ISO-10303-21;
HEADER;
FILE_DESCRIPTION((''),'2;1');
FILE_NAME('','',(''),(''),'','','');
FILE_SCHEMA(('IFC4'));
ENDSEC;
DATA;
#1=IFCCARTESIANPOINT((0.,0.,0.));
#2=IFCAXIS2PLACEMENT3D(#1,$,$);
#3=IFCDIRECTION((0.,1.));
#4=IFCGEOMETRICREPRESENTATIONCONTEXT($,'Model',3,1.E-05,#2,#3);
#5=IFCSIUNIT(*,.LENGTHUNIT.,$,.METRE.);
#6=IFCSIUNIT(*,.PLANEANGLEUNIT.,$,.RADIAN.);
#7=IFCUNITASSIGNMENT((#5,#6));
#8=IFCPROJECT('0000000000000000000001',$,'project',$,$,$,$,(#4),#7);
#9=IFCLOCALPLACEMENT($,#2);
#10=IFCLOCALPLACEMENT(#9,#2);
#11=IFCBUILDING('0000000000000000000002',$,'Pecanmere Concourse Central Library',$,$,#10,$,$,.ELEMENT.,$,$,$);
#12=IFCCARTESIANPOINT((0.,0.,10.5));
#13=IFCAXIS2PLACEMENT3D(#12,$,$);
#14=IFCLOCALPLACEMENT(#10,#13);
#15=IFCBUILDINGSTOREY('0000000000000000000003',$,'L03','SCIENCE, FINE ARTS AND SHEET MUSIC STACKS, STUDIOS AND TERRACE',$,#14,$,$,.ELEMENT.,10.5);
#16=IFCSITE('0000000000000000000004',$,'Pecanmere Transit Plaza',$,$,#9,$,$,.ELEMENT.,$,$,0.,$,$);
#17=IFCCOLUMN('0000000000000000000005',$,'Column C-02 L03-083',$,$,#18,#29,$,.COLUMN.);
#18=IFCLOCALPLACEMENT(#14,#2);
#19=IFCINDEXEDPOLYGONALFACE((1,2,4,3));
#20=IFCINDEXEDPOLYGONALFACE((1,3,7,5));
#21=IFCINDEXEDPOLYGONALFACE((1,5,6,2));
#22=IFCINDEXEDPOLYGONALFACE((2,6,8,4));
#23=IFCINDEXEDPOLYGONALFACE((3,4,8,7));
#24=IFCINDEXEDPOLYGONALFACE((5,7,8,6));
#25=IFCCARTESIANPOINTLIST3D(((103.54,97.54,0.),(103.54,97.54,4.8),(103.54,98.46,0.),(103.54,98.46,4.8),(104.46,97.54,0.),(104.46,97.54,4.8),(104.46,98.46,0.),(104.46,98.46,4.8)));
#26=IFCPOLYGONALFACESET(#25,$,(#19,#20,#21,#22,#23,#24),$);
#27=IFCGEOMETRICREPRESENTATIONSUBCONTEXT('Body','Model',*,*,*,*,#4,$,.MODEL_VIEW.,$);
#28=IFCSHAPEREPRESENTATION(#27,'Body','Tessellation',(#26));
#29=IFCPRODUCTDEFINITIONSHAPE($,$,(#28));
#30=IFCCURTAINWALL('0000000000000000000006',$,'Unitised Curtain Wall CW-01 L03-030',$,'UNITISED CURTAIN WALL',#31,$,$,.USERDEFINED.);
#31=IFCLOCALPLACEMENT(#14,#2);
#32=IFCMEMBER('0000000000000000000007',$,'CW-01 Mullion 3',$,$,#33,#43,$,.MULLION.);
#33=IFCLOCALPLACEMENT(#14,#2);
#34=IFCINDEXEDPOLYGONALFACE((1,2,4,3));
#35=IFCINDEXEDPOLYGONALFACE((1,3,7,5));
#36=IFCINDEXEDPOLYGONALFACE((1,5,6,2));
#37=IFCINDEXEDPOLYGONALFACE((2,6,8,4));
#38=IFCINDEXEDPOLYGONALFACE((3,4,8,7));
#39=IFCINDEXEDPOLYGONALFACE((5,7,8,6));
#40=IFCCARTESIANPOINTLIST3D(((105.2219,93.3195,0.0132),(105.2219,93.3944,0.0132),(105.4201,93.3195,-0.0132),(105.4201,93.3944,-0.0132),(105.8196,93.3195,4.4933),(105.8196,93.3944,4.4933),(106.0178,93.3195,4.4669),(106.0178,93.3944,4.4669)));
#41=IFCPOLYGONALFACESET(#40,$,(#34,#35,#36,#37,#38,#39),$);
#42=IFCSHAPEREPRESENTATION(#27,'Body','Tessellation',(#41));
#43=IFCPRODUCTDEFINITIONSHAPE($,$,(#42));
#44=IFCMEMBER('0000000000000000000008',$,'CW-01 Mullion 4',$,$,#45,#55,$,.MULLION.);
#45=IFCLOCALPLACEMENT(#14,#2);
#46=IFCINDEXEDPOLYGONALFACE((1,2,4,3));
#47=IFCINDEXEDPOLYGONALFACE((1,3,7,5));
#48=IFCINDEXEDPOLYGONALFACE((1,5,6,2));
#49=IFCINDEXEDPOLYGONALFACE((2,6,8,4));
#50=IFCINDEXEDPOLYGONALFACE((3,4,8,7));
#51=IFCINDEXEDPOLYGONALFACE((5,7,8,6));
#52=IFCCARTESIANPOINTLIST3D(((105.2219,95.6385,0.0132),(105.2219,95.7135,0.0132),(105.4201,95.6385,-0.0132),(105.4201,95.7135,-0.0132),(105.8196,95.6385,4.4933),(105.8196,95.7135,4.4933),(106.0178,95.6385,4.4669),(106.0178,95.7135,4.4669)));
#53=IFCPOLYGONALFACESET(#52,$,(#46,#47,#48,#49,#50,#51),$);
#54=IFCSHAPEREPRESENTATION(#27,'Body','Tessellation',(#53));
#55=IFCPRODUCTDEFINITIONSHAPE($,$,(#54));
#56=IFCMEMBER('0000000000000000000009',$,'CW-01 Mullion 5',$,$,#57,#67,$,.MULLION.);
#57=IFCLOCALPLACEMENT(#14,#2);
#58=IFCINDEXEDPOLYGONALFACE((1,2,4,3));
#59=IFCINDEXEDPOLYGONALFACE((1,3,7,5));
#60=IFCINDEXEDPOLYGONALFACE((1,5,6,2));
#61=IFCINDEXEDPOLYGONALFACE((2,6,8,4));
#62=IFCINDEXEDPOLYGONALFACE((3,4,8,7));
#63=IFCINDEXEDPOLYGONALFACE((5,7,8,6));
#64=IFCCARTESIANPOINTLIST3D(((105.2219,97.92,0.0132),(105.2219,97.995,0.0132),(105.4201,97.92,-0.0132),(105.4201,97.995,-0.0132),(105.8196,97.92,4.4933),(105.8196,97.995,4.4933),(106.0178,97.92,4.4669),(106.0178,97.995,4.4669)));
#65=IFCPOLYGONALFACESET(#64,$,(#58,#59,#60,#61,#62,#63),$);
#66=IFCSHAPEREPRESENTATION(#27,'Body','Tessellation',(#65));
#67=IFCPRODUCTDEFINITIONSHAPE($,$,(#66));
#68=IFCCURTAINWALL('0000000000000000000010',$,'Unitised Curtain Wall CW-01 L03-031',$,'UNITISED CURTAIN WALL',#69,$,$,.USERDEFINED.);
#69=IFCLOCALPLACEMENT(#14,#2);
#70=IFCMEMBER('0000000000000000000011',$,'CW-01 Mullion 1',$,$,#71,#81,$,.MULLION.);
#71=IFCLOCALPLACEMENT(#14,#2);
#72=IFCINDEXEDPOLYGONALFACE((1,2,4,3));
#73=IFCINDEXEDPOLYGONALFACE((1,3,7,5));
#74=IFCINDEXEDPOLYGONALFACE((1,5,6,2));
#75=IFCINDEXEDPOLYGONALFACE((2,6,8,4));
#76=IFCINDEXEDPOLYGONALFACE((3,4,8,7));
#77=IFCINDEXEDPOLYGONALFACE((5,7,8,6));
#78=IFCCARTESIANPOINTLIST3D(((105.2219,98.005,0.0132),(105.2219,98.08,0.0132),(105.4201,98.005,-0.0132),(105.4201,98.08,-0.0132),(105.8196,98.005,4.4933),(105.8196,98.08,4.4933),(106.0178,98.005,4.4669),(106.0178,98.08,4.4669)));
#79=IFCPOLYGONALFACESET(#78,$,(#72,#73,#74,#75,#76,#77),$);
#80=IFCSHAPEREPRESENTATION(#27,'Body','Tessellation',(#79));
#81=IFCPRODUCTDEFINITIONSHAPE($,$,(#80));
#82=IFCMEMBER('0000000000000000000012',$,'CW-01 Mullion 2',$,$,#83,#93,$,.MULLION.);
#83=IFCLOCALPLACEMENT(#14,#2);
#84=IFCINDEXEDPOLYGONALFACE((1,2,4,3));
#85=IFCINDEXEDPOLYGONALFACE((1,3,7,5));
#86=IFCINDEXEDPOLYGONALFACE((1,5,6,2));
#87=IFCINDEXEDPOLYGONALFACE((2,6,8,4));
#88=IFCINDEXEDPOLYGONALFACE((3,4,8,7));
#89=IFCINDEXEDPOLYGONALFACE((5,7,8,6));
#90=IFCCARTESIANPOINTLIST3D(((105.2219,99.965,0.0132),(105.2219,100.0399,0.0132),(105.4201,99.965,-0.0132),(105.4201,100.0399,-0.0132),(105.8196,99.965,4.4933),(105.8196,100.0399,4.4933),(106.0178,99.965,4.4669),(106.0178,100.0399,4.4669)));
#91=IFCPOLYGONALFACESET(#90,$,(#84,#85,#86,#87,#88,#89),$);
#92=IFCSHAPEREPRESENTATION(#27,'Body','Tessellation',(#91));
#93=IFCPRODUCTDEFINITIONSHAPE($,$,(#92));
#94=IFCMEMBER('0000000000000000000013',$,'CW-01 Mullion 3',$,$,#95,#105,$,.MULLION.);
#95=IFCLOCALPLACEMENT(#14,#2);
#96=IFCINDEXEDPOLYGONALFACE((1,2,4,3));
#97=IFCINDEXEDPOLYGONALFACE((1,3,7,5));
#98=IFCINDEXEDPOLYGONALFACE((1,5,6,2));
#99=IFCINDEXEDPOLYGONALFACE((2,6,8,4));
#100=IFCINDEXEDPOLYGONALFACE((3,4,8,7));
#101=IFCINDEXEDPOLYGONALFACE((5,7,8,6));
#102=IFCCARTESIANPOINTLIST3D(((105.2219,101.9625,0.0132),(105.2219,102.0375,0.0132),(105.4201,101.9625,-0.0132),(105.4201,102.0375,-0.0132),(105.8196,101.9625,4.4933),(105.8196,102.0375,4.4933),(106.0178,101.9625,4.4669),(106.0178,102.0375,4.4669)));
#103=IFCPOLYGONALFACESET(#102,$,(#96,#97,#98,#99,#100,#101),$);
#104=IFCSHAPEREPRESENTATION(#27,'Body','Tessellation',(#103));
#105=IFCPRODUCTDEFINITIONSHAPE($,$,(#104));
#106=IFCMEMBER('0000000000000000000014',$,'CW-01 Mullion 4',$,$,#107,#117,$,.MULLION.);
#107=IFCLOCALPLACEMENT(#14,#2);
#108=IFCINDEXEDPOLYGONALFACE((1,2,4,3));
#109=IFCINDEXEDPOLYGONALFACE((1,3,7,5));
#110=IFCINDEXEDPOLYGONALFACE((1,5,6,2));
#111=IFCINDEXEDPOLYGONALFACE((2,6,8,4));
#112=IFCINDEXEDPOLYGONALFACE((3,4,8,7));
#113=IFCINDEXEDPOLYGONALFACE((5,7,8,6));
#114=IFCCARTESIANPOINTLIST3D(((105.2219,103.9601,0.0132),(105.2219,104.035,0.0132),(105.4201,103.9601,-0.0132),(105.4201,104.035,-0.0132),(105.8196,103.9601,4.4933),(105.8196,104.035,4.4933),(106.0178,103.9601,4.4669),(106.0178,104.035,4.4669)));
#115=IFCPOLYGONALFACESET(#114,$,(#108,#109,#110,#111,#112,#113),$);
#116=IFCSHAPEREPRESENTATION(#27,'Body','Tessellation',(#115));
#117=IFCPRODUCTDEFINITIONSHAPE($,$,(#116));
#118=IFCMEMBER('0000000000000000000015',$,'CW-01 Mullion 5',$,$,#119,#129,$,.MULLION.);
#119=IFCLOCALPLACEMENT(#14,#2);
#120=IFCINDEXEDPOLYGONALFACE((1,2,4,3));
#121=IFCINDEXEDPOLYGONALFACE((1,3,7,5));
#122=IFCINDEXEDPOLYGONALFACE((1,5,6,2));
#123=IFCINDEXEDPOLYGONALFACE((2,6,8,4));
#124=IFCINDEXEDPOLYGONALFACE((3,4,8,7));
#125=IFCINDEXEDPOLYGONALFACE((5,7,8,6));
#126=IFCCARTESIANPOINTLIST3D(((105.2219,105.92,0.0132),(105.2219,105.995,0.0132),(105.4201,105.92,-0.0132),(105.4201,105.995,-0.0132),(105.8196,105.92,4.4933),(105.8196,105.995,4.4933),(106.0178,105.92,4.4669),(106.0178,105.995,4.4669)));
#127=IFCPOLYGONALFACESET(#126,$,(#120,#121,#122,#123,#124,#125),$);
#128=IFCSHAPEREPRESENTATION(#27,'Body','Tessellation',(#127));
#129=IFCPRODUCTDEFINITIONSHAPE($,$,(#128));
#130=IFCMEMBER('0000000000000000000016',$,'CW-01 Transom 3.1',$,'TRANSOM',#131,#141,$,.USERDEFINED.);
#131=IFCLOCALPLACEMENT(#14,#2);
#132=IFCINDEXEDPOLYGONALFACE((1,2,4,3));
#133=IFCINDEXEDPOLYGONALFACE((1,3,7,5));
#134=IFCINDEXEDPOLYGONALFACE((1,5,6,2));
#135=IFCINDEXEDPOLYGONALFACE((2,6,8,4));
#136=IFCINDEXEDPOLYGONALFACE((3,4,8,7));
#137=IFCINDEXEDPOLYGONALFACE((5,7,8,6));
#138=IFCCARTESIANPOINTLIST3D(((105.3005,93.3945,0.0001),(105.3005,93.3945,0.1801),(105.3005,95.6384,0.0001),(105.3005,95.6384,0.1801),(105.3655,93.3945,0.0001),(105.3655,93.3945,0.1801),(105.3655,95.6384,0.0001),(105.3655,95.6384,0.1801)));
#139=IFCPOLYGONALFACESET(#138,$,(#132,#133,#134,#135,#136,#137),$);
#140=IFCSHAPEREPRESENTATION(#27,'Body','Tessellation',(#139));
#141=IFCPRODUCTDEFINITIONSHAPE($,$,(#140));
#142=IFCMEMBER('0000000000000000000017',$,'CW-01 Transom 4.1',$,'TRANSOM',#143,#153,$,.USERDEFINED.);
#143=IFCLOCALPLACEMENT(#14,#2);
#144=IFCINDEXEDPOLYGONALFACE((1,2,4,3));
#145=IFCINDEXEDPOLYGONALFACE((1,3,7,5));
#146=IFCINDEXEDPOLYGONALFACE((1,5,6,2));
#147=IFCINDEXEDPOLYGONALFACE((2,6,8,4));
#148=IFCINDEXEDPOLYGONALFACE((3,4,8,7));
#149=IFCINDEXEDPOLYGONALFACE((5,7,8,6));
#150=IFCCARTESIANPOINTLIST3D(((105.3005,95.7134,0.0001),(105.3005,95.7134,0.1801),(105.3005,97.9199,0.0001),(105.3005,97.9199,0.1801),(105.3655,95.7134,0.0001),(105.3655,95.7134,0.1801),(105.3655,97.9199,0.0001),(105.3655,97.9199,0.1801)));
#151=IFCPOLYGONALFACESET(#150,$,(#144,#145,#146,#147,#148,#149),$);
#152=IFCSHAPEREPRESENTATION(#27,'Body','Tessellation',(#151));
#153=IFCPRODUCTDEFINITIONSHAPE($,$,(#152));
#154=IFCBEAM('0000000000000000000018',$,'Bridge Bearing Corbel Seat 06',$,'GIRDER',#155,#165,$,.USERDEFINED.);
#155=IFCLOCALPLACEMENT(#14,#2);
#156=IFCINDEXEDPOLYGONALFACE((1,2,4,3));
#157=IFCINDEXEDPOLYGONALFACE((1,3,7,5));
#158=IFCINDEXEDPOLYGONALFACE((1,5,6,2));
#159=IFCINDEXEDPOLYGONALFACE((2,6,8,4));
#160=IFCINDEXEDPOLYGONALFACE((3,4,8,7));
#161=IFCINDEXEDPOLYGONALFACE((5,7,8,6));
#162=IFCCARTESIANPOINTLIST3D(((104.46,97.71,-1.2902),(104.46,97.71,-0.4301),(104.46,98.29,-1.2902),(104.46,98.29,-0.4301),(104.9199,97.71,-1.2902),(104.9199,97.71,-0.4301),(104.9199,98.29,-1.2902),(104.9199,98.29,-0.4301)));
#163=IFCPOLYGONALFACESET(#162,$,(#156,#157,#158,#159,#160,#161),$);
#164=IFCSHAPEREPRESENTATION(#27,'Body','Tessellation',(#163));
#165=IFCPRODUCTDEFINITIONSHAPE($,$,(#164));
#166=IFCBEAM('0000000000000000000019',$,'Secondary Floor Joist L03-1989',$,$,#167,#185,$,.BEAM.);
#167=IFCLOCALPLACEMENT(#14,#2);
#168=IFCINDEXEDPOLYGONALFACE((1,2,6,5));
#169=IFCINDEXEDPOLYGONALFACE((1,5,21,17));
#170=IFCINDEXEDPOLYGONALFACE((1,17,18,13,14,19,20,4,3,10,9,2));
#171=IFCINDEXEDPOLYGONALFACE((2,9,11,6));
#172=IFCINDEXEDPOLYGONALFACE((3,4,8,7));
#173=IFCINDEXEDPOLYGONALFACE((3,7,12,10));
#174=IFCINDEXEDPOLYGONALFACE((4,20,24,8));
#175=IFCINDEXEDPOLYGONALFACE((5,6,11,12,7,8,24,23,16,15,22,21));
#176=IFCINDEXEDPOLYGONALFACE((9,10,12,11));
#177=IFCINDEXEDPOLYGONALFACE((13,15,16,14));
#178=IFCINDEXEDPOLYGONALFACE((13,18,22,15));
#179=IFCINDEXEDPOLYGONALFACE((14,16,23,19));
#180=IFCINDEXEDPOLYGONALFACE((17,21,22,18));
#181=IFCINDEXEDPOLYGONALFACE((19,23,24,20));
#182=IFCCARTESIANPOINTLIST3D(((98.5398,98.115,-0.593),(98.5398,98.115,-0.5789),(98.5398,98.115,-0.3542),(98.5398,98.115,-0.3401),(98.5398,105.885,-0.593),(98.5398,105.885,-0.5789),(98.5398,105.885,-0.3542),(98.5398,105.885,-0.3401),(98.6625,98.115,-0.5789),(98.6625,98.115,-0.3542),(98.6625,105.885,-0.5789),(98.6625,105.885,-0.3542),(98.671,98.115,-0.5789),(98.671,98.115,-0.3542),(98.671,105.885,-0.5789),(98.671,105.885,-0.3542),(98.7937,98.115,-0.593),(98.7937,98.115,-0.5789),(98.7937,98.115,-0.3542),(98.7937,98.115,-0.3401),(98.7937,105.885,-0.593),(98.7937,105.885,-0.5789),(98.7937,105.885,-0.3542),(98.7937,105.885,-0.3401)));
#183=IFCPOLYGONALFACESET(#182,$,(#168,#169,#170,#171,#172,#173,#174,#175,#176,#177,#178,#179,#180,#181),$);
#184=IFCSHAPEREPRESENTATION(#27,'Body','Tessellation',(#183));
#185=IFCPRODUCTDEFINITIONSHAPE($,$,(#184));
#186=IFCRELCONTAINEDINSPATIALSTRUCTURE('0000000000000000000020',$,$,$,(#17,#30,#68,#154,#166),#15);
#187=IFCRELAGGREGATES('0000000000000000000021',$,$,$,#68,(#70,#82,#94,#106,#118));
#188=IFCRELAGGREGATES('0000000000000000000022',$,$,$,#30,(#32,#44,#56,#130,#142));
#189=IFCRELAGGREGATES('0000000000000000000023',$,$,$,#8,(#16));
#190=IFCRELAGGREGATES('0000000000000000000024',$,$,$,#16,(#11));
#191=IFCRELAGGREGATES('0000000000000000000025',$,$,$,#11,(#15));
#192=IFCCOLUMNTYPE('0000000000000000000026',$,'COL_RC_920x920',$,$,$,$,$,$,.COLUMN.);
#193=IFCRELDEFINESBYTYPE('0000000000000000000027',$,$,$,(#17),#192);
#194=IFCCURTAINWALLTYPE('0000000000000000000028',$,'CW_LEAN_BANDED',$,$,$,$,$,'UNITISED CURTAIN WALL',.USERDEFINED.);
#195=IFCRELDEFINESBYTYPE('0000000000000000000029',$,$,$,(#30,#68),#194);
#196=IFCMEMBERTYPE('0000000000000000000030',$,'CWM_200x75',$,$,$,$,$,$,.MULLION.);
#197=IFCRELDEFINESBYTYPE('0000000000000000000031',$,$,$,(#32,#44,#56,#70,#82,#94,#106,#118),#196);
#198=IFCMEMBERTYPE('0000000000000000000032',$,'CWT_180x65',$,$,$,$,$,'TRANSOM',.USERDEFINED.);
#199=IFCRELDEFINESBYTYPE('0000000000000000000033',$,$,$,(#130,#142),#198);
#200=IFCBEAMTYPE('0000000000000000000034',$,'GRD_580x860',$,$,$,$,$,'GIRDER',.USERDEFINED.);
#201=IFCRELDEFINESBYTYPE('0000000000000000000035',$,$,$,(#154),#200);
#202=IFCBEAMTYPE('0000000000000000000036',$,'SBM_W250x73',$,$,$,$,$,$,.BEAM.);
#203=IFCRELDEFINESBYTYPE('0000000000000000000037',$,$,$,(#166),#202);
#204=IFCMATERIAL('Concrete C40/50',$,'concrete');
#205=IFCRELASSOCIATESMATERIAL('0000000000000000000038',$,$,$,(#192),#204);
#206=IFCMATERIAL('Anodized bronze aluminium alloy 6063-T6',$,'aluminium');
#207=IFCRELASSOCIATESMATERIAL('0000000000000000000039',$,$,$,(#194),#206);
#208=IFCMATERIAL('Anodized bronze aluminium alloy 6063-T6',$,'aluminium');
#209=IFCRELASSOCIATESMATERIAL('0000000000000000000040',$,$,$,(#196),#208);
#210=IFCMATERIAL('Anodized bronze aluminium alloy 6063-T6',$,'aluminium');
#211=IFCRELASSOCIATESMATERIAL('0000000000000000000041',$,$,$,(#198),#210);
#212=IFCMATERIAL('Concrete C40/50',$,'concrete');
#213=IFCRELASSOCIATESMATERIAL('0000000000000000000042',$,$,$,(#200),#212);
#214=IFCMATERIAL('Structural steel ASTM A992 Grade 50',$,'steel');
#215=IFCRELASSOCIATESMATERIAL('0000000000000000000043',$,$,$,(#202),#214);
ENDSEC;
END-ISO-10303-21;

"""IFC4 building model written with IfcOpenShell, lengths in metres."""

from ifc_helpers import new_model, si_unit, direction, frame, origin, origin_2d, place, context, subcontext, project, spatial, rectangle, i_section, extrude, material, material_profile, profile_set, type_object, element, aggregate, save


model = new_model("IFC4")

# Units and contexts
model_context = context("Model", 3, precision=1e-05, world=origin(), true_north=direction((0.0, 1.0)))
body_context = subcontext(model_context, "Body", "Model", "MODEL_VIEW")
ifc_project = project(units=[si_unit("LENGTHUNIT", "METRE"), si_unit("PLANEANGLEUNIT", "RADIAN")], contexts=[model_context])

# Site, building, storey
site_placement = place(None, origin())
site = spatial("IfcSite", under=ifc_project, at=site_placement, Name="Pecanmere Transit Plaza", CompositionType="ELEMENT", RefElevation=0.0)
building_placement = place(site_placement, origin())
building = spatial("IfcBuilding", under=site, at=building_placement, Name="Pecanmere Concourse Central Library", CompositionType="ELEMENT")
storey_placement = place(building_placement, frame((0.0, 0.0, 10.5)))
storey = spatial("IfcBuildingStorey", under=building, at=storey_placement, Name="L03", Description="SCIENCE, FINE ARTS AND SHEET MUSIC STACKS, STUDIOS AND TERRACE", CompositionType="ELEMENT", Elevation=10.5)

# Column
ifc_material_1 = material(Name="Concrete C40/50", Category="concrete")
ifc_material_profile_1 = material_profile(ifc_material_1, rectangle(XDim=0.9199, YDim=0.9199, at=origin_2d()), Name="RC 920x920")
ifc_profile_set_1 = profile_set([ifc_material_profile_1], Name="Concrete C40/50")
column_type = type_object("IfcColumnType", Name="COL_RC_920x920", PredefinedType="COLUMN", material=ifc_profile_set_1)
column_placement = place(storey_placement, frame((104.0, 98.0, 0.0), z_axis=(0.0, 0.0, 1.0), x_axis=(1.0, 0.0, 0.0)))
element("IfcColumn", 1, at=column_placement, inside=storey, type_object=column_type, Name="Column C-02 L03-083", PredefinedType="COLUMN", context=body_context, shape_type="SweptSolid", body=[
    extrude(rectangle(XDim=0.9199, YDim=0.9199, at=origin_2d()), origin(), (0.0, 0.0, 1.0), 4.8),
])

# Curtain walls, members
ifc_material_2 = material(Name="Anodized bronze aluminium alloy 6063-T6", Category="aluminium")
curtain_wall_type = type_object("IfcCurtainWallType", Name="CW_LEAN_BANDED", ElementType="UNITISED CURTAIN WALL", PredefinedType="USERDEFINED", material=ifc_material_2)
curtain_wall_1_placement = place(storey_placement, origin())
curtain_wall_1 = element("IfcCurtainWall", 2, at=curtain_wall_1_placement, inside=storey, type_object=curtain_wall_type, Name="Unitised Curtain Wall CW-01 L03-030", ObjectType="UNITISED CURTAIN WALL", PredefinedType="USERDEFINED")
ifc_material_3 = material(Name="Anodized bronze aluminium alloy 6063-T6", Category="aluminium")
ifc_material_profile_2 = material_profile(ifc_material_3, rectangle(XDim=0.075, YDim=0.2, at=origin_2d()), Name="AL 75x200")
ifc_profile_set_2 = profile_set([ifc_material_profile_2], Name="Anodized bronze aluminium alloy 6063-T6")
member_type_1 = type_object("IfcMemberType", Name="CWM_200x75", PredefinedType="MULLION", material=ifc_profile_set_2)
member_1_placement = place(storey_placement, frame((105.321, 93.3569, 0.0), z_axis=(0.132234, 0.0, 0.991218), x_axis=(0.0, 1.0, 0.0)))
member_1 = element("IfcMember", 3, at=member_1_placement, type_object=member_type_1, Name="CW-01 Mullion 3", PredefinedType="MULLION", context=body_context, shape_type="SweptSolid", body=[
    extrude(rectangle(XDim=0.075, YDim=0.2, at=origin_2d()), origin(), (0.0, 0.0, 1.0), 4.5198),
])
member_2_placement = place(storey_placement, frame((105.321, 95.676, 0.0), z_axis=(0.132234, 0.0, 0.991218), x_axis=(0.0, 1.0, 0.0)))
member_2 = element("IfcMember", 4, at=member_2_placement, type_object=member_type_1, Name="CW-01 Mullion 4", PredefinedType="MULLION", context=body_context, shape_type="SweptSolid", body=[
    extrude(rectangle(XDim=0.075, YDim=0.2, at=origin_2d()), origin(), (0.0, 0.0, 1.0), 4.5198),
])
member_3_placement = place(storey_placement, frame((105.321, 97.9575, 0.0), z_axis=(0.132234, 0.0, 0.991218), x_axis=(0.0, 1.0, 0.0)))
member_3 = element("IfcMember", 5, at=member_3_placement, type_object=member_type_1, Name="CW-01 Mullion 5", PredefinedType="MULLION", context=body_context, shape_type="SweptSolid", body=[
    extrude(rectangle(XDim=0.075, YDim=0.2, at=origin_2d()), origin(), (0.0, 0.0, 1.0), 4.5198),
])
curtain_wall_2_placement = place(storey_placement, origin())
curtain_wall_2 = element("IfcCurtainWall", 6, at=curtain_wall_2_placement, inside=storey, type_object=curtain_wall_type, Name="Unitised Curtain Wall CW-01 L03-031", ObjectType="UNITISED CURTAIN WALL", PredefinedType="USERDEFINED")
member_4_placement = place(storey_placement, frame((105.321, 98.0425, 0.0), z_axis=(0.132234, 0.0, 0.991218), x_axis=(0.0, 1.0, 0.0)))
member_4 = element("IfcMember", 7, at=member_4_placement, type_object=member_type_1, Name="CW-01 Mullion 1", PredefinedType="MULLION", context=body_context, shape_type="SweptSolid", body=[
    extrude(rectangle(XDim=0.075, YDim=0.2, at=origin_2d()), origin(), (0.0, 0.0, 1.0), 4.5198),
])
member_5_placement = place(storey_placement, frame((105.321, 100.0024, 0.0), z_axis=(0.132234, 0.0, 0.991218), x_axis=(0.0, 1.0, 0.0)))
member_5 = element("IfcMember", 8, at=member_5_placement, type_object=member_type_1, Name="CW-01 Mullion 2", PredefinedType="MULLION", context=body_context, shape_type="SweptSolid", body=[
    extrude(rectangle(XDim=0.075, YDim=0.2, at=origin_2d()), origin(), (0.0, 0.0, 1.0), 4.5198),
])
member_6_placement = place(storey_placement, frame((105.321, 102.0, 0.0), z_axis=(0.132234, 0.0, 0.991218), x_axis=(0.0, 1.0, 0.0)))
member_6 = element("IfcMember", 9, at=member_6_placement, type_object=member_type_1, Name="CW-01 Mullion 3", PredefinedType="MULLION", context=body_context, shape_type="SweptSolid", body=[
    extrude(rectangle(XDim=0.075, YDim=0.2, at=origin_2d()), origin(), (0.0, 0.0, 1.0), 4.5198),
])
member_7_placement = place(storey_placement, frame((105.321, 103.9976, 0.0), z_axis=(0.132234, 0.0, 0.991218), x_axis=(0.0, 1.0, 0.0)))
member_7 = element("IfcMember", 10, at=member_7_placement, type_object=member_type_1, Name="CW-01 Mullion 4", PredefinedType="MULLION", context=body_context, shape_type="SweptSolid", body=[
    extrude(rectangle(XDim=0.075, YDim=0.2, at=origin_2d()), origin(), (0.0, 0.0, 1.0), 4.5198),
])
member_8_placement = place(storey_placement, frame((105.321, 105.9575, 0.0), z_axis=(0.132234, 0.0, 0.991218), x_axis=(0.0, 1.0, 0.0)))
member_8 = element("IfcMember", 11, at=member_8_placement, type_object=member_type_1, Name="CW-01 Mullion 5", PredefinedType="MULLION", context=body_context, shape_type="SweptSolid", body=[
    extrude(rectangle(XDim=0.075, YDim=0.2, at=origin_2d()), origin(), (0.0, 0.0, 1.0), 4.5198),
])
aggregate(curtain_wall_2, [member_4, member_5, member_6, member_7, member_8])

# Members
ifc_material_4 = material(Name="Anodized bronze aluminium alloy 6063-T6", Category="aluminium")
ifc_material_profile_3 = material_profile(ifc_material_4, rectangle(XDim=0.0649, YDim=0.1799, at=origin_2d()), Name="AL 65x180")
ifc_profile_set_3 = profile_set([ifc_material_profile_3], Name="Anodized bronze aluminium alloy 6063-T6")
member_type_2 = type_object("IfcMemberType", Name="CWT_180x65", ElementType="TRANSOM", PredefinedType="USERDEFINED", material=ifc_profile_set_3)
member_9_placement = place(storey_placement, frame((105.333, 93.3945, 0.0901), z_axis=(0.0, 1.0, 0.0), x_axis=(-1.0, 0.0, 0.0)))
member_9 = element("IfcMember", 12, at=member_9_placement, type_object=member_type_2, Name="CW-01 Transom 3.1", ObjectType="TRANSOM", PredefinedType="USERDEFINED", context=body_context, shape_type="SweptSolid", body=[
    extrude(rectangle(XDim=0.0649, YDim=0.1799, at=origin_2d()), origin(), (0.0, 0.0, 1.0), 2.2439),
])
member_10_placement = place(storey_placement, frame((105.333, 95.7134, 0.0901), z_axis=(0.0, 1.0, 0.0), x_axis=(-1.0, 0.0, 0.0)))
member_10 = element("IfcMember", 13, at=member_10_placement, type_object=member_type_2, Name="CW-01 Transom 4.1", ObjectType="TRANSOM", PredefinedType="USERDEFINED", context=body_context, shape_type="SweptSolid", body=[
    extrude(rectangle(XDim=0.0649, YDim=0.1799, at=origin_2d()), origin(), (0.0, 0.0, 1.0), 2.2065),
])
aggregate(curtain_wall_1, [member_1, member_2, member_3, member_9, member_10])

# Beams
ifc_material_5 = material(Name="Concrete C40/50", Category="concrete")
ifc_material_profile_4 = material_profile(ifc_material_5, rectangle(XDim=0.5801, YDim=0.8601, at=origin_2d()), Name="RC 580x860")
ifc_profile_set_4 = profile_set([ifc_material_profile_4], Name="Concrete C40/50")
beam_type_1 = type_object("IfcBeamType", Name="GRD_580x860", ElementType="GIRDER", PredefinedType="USERDEFINED", material=ifc_profile_set_4)
beam_1_placement = place(storey_placement, frame((104.46, 98.0, -0.8601), z_axis=(1.0, 0.0, 0.0), x_axis=(0.0, 1.0, 0.0)))
element("IfcBeam", 14, at=beam_1_placement, inside=storey, type_object=beam_type_1, Name="Bridge Bearing Corbel Seat 06", ObjectType="GIRDER", PredefinedType="USERDEFINED", context=body_context, shape_type="SweptSolid", body=[
    extrude(rectangle(XDim=0.5801, YDim=0.8601, at=origin_2d()), origin(), (0.0, 0.0, 1.0), 0.46),
])
ifc_material_6 = material(Name="Structural steel ASTM A992 Grade 50", Category="steel")
ifc_material_profile_5 = material_profile(ifc_material_6, i_section(OverallWidth=0.2539, OverallDepth=0.2529, WebThickness=0.0085, FlangeThickness=0.0142, at=origin_2d()), Name="W250x73")
ifc_profile_set_5 = profile_set([ifc_material_profile_5], Name="Structural steel ASTM A992 Grade 50")
beam_type_2 = type_object("IfcBeamType", Name="SBM_W250x73", PredefinedType="BEAM", material=ifc_profile_set_5)
beam_2_placement = place(storey_placement, frame((98.6667, 98.115, -0.4666), z_axis=(0.0, 1.0, 0.0), x_axis=(-1.0, 0.0, 0.0)))
element("IfcBeam", 15, at=beam_2_placement, inside=storey, type_object=beam_type_2, Name="Secondary Floor Joist L03-1989", PredefinedType="BEAM", context=body_context, shape_type="SweptSolid", body=[
    extrude(i_section(OverallWidth=0.2539, OverallDepth=0.2529, WebThickness=0.0085, FlangeThickness=0.0142, at=origin_2d()), origin(), (0.0, 0.0, 1.0), 7.77),
])

save(model, "model.ifc")
